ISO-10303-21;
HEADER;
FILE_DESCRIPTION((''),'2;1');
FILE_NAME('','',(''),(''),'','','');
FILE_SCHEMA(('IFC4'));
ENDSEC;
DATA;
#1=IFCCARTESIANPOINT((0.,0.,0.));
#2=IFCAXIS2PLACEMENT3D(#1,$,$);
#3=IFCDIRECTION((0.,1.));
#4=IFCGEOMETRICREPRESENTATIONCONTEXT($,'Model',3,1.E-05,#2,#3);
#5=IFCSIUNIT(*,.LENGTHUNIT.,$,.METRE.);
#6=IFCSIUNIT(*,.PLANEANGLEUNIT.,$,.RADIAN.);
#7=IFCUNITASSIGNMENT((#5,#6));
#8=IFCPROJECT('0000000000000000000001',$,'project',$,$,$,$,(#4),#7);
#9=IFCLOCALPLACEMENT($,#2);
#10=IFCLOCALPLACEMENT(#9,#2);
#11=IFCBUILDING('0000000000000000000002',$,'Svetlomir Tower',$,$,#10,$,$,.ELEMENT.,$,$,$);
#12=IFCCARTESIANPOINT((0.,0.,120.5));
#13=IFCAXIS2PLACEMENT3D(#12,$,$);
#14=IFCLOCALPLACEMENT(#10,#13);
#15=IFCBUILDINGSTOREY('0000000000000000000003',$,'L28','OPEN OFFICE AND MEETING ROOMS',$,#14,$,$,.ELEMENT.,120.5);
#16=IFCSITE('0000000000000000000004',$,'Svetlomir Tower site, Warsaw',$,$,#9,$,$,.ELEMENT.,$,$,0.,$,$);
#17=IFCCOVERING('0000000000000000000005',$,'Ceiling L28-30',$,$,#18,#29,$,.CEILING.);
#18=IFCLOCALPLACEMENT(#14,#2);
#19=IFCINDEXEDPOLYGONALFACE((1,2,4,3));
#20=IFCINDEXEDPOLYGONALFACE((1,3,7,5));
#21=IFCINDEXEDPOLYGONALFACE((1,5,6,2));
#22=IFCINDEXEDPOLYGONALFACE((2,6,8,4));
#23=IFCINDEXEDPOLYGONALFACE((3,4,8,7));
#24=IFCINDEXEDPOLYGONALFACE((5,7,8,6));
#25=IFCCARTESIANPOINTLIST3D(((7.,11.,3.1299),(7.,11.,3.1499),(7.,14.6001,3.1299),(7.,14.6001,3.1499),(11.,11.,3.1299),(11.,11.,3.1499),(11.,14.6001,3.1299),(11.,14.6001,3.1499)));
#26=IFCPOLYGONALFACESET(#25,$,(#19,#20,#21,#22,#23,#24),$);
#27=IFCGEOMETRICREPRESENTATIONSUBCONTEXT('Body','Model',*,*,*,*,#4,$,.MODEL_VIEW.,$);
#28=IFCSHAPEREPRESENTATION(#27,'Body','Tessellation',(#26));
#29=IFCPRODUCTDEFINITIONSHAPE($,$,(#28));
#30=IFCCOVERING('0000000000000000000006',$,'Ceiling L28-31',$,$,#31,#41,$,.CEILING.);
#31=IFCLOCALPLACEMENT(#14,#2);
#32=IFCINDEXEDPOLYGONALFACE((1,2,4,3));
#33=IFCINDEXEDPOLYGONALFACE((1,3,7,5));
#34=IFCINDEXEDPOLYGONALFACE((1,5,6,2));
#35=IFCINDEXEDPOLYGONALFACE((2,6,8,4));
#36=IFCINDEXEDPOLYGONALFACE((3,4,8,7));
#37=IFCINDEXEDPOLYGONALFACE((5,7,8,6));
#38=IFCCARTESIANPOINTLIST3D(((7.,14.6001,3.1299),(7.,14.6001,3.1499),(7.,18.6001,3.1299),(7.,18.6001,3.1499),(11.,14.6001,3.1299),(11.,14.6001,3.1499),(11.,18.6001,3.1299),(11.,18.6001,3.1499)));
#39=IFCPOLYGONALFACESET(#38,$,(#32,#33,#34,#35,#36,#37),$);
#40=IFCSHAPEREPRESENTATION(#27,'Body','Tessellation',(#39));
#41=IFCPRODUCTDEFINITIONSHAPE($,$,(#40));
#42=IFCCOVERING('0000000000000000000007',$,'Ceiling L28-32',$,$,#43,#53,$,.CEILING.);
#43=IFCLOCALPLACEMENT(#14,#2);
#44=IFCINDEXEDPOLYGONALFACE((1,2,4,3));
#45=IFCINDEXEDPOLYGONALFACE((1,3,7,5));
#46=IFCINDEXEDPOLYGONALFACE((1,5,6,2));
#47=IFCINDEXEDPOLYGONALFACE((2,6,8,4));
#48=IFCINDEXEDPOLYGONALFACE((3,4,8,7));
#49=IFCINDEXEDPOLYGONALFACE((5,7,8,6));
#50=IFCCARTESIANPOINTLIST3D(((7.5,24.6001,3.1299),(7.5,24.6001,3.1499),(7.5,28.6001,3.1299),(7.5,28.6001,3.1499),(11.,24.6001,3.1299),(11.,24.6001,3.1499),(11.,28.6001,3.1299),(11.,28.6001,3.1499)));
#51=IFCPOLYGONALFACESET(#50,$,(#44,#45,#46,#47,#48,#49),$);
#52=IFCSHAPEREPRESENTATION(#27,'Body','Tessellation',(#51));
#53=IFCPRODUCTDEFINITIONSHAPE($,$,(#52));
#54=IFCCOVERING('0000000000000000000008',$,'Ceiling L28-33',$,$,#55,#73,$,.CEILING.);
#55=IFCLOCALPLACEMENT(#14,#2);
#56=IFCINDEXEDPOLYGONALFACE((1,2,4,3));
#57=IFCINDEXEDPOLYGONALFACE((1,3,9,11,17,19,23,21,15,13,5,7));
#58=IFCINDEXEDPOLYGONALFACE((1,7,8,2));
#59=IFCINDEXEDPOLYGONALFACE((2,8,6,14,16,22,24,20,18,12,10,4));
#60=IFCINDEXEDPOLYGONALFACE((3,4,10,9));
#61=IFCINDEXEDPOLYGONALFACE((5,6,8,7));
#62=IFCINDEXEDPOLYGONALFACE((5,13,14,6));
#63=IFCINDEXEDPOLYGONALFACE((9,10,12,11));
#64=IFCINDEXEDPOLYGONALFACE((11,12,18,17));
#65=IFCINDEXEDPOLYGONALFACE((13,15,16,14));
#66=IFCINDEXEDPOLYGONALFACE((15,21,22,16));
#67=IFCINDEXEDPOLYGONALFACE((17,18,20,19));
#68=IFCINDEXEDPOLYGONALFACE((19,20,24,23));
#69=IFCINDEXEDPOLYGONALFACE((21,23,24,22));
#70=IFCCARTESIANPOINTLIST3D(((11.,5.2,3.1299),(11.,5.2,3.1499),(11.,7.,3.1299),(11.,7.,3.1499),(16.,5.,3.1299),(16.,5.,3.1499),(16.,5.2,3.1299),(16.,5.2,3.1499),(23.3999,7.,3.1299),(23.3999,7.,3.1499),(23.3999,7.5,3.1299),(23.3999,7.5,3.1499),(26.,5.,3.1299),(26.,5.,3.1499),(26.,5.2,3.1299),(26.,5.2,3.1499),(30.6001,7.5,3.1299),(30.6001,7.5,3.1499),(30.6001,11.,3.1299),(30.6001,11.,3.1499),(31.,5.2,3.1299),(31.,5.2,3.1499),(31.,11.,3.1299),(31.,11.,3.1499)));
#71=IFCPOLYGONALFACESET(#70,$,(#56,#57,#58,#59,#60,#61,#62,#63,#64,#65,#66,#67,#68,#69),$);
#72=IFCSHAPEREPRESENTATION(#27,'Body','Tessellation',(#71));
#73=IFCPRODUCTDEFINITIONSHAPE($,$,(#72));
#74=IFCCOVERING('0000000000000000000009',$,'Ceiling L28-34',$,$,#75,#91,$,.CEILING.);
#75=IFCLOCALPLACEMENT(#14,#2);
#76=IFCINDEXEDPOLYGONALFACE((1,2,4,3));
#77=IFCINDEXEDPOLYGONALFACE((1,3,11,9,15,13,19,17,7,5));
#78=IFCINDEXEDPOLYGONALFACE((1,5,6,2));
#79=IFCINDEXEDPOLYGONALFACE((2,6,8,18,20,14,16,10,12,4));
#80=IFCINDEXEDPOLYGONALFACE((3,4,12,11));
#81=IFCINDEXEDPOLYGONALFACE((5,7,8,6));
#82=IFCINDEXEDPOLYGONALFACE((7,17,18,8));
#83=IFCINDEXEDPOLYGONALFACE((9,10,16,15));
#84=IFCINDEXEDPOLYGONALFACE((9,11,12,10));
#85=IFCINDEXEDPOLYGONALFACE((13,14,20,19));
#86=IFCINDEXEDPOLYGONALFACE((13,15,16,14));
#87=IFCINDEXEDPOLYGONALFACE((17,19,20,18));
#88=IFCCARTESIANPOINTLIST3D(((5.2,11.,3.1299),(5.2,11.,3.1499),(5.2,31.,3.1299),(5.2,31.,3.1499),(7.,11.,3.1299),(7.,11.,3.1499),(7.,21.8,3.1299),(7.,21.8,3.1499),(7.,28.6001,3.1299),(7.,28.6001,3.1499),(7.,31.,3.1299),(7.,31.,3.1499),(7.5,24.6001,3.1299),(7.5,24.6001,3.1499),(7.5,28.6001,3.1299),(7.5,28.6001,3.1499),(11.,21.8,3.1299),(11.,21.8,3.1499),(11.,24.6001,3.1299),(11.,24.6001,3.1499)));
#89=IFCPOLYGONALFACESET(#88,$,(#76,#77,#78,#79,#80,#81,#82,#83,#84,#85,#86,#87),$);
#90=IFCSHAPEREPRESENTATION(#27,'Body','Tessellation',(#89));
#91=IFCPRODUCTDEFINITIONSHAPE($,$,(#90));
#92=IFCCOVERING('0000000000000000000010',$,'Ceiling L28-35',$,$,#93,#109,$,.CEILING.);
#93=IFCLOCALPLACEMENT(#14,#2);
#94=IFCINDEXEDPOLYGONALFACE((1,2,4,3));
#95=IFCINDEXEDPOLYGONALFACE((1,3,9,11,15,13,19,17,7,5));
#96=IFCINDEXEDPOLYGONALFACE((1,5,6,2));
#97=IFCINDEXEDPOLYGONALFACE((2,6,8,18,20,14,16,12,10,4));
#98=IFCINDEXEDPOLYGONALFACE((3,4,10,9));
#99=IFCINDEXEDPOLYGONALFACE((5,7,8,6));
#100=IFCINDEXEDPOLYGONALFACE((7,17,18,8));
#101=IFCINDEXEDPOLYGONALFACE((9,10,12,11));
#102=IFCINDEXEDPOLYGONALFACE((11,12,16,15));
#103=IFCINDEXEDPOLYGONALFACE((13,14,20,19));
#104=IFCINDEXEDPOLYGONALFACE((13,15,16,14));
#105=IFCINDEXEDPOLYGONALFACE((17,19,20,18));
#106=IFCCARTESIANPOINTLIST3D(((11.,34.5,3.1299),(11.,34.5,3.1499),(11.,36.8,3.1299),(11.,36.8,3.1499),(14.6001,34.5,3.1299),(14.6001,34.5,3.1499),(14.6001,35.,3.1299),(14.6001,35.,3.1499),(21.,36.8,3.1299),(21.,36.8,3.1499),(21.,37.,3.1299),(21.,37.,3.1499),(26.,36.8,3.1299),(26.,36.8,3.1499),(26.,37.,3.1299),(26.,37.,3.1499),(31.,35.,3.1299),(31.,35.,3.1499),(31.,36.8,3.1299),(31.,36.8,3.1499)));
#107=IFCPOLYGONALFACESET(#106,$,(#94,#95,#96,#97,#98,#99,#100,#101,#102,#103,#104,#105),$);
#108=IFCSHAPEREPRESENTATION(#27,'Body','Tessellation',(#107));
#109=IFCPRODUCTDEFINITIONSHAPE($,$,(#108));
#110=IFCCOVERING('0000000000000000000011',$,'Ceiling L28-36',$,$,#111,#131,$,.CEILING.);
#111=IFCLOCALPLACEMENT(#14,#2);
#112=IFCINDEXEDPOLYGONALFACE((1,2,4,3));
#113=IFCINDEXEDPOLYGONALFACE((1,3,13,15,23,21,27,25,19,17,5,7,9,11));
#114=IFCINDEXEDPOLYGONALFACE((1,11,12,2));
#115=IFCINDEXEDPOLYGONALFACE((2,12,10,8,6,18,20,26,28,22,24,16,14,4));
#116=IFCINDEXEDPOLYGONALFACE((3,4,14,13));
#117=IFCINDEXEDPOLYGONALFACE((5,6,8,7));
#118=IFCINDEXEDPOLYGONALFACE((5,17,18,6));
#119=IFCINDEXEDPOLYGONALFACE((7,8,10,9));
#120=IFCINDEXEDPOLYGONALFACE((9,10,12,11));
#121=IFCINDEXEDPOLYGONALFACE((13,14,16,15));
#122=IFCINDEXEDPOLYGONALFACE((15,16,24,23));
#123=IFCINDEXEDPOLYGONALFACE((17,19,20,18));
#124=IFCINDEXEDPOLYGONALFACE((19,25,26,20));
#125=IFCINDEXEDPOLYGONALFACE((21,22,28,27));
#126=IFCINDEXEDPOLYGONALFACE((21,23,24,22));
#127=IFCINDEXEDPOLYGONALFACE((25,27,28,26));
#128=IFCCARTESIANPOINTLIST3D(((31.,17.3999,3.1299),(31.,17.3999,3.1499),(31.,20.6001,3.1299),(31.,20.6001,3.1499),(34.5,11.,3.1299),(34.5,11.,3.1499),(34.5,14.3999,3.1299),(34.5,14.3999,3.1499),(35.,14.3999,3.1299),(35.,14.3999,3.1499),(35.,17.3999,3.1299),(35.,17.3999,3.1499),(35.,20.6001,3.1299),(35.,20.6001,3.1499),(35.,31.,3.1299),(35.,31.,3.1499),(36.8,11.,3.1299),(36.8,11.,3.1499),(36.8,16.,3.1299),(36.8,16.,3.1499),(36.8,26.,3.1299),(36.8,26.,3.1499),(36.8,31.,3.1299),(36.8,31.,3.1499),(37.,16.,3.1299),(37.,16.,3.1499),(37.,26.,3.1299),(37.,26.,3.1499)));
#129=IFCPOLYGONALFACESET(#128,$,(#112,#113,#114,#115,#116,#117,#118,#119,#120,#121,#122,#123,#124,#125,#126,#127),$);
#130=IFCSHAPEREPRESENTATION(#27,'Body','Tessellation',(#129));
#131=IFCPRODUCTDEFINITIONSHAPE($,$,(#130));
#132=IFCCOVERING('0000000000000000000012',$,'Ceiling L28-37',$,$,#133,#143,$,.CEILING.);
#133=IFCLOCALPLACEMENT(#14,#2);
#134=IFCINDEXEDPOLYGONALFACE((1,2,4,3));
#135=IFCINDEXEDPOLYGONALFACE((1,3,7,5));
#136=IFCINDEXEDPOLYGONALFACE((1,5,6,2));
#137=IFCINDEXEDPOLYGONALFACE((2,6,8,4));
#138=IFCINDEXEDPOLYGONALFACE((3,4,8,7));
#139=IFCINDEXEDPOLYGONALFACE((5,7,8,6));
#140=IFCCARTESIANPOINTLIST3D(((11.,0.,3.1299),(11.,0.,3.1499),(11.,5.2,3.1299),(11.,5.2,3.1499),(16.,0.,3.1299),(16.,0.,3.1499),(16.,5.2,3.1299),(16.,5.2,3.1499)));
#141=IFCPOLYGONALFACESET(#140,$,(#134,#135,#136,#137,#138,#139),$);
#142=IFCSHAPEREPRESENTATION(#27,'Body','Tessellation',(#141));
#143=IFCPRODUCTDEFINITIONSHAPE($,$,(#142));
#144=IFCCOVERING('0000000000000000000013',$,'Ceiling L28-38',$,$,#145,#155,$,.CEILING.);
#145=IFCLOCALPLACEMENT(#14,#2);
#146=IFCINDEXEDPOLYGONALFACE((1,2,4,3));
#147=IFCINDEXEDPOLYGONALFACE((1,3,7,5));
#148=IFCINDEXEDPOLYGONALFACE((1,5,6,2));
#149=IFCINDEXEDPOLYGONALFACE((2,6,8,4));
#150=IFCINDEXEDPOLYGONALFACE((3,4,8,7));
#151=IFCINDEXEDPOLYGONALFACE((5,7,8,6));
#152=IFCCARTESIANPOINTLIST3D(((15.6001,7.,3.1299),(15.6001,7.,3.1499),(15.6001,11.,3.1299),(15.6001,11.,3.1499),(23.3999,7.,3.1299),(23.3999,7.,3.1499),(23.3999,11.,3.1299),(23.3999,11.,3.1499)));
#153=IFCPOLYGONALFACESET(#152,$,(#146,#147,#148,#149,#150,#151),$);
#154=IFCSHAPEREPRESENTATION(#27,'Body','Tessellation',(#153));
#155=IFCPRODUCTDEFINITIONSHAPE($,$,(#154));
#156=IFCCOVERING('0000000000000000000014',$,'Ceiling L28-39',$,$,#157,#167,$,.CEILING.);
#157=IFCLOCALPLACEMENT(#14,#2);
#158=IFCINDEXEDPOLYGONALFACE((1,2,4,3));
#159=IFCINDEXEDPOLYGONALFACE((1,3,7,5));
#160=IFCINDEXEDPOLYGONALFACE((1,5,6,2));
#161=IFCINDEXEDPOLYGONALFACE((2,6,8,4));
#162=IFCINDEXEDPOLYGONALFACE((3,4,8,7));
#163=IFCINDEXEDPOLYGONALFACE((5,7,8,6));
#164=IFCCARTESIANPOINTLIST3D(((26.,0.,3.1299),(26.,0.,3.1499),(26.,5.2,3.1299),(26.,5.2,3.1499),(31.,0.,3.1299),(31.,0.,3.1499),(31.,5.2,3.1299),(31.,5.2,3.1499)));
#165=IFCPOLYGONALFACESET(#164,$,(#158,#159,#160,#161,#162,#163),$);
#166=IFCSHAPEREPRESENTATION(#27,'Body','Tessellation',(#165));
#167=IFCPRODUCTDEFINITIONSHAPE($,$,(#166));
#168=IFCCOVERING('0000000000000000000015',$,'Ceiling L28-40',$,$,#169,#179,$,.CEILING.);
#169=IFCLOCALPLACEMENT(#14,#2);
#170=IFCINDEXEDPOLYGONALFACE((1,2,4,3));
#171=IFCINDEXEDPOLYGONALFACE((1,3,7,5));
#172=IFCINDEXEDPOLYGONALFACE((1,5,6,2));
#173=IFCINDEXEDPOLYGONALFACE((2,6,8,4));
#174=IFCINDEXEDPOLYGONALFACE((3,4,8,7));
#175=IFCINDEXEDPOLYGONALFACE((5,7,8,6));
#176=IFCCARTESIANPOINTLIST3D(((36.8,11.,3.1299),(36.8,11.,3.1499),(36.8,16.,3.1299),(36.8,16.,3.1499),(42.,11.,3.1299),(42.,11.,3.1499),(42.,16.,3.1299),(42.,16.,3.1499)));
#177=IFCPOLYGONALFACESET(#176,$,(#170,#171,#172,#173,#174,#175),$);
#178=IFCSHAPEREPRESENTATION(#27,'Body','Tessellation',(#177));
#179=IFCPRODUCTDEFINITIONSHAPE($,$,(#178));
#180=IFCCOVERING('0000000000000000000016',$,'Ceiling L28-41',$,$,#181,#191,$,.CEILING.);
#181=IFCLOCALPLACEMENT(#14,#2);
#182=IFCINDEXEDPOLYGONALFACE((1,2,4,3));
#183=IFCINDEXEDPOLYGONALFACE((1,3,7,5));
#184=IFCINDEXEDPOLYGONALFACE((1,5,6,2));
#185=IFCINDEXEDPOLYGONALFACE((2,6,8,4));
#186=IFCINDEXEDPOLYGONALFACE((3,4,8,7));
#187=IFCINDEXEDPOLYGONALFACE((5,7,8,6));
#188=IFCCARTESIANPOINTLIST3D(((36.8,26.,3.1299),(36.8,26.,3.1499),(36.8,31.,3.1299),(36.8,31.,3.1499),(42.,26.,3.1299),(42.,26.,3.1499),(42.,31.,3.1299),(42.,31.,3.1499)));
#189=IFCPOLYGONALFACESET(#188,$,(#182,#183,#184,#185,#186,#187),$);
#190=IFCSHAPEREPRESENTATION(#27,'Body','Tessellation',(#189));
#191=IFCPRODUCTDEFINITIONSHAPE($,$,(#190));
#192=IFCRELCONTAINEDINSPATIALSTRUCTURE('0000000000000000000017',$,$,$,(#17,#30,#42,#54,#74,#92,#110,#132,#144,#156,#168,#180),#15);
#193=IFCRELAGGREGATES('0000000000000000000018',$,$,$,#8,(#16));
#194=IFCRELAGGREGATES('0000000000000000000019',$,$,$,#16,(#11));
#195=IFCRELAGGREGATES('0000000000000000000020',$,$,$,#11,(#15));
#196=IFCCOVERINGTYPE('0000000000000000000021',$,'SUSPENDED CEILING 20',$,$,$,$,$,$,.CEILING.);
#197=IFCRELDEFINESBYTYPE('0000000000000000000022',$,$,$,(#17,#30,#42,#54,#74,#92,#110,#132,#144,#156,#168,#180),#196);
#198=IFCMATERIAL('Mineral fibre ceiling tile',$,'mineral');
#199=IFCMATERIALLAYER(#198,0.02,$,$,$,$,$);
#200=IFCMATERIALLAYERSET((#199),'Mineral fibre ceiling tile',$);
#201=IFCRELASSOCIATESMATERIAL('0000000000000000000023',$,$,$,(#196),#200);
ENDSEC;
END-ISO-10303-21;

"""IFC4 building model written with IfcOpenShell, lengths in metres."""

from ifc_helpers import new_model, si_unit, direction, frame, origin, place, context, subcontext, project, spatial, polyline, outline, extrude, material, layer, layer_set, type_object, element, save


model = new_model("IFC4")

# Units and contexts
model_context = context("Model", 3, precision=1e-05, world=origin(), true_north=direction((0.0, 1.0)))
body_context = subcontext(model_context, "Body", "Model", "MODEL_VIEW")
ifc_project = project(units=[si_unit("LENGTHUNIT", "METRE"), si_unit("PLANEANGLEUNIT", "RADIAN")], contexts=[model_context])

# Site, building, storey
site_placement = place(None, origin())
site = spatial("IfcSite", under=ifc_project, at=site_placement, Name="Svetlomir Tower site, Warsaw", CompositionType="ELEMENT", RefElevation=0.0)
building_placement = place(site_placement, origin())
building = spatial("IfcBuilding", under=site, at=building_placement, Name="Svetlomir Tower", CompositionType="ELEMENT")
storey_placement = place(building_placement, frame((0.0, 0.0, 120.5)))
storey = spatial("IfcBuildingStorey", under=building, at=storey_placement, Name="L28", Description="OPEN OFFICE AND MEETING ROOMS", CompositionType="ELEMENT", Elevation=120.5)

# Coverings
ifc_material_1 = material(Name="Mineral fibre ceiling tile", Category="mineral")
ifc_layer_1 = layer(ifc_material_1, 0.02)
ifc_layer_set_1 = layer_set([ifc_layer_1], Name="Mineral fibre ceiling tile")
covering_type_1 = type_object("IfcCoveringType", Name="SUSPENDED CEILING 20", PredefinedType="CEILING", material=ifc_layer_set_1)
covering_1_placement = place(storey_placement, frame((0.0, 0.0, 3.1299)))
element("IfcCovering", 1, at=covering_1_placement, inside=storey, type_object=covering_type_1, Name="Ceiling L28-30", PredefinedType="CEILING", context=body_context, shape_type="SweptSolid", body=[
    extrude(outline(polyline([(7.0, 11.0), (11.0, 11.0), (11.0, 14.6001), (7.0, 14.6001), (7.0, 11.0)])), origin(), (0.0, 0.0, 1.0), 0.02),
])
covering_2_placement = place(storey_placement, frame((0.0, 0.0, 3.1299)))
element("IfcCovering", 2, at=covering_2_placement, inside=storey, type_object=covering_type_1, Name="Ceiling L28-31", PredefinedType="CEILING", context=body_context, shape_type="SweptSolid", body=[
    extrude(outline(polyline([(7.0, 14.6001), (11.0, 14.6001), (11.0, 18.6001), (7.0, 18.6001), (7.0, 14.6001)])), origin(), (0.0, 0.0, 1.0), 0.02),
])
covering_3_placement = place(storey_placement, frame((0.0, 0.0, 3.1299)))
element("IfcCovering", 3, at=covering_3_placement, inside=storey, type_object=covering_type_1, Name="Ceiling L28-32", PredefinedType="CEILING", context=body_context, shape_type="SweptSolid", body=[
    extrude(outline(polyline([(7.5, 24.6001), (11.0, 24.6001), (11.0, 28.6001), (7.5, 28.6001), (7.5, 24.6001)])), origin(), (0.0, 0.0, 1.0), 0.02),
])
covering_4_placement = place(storey_placement, frame((0.0, 0.0, 3.1299)))
element("IfcCovering", 4, at=covering_4_placement, inside=storey, type_object=covering_type_1, Name="Ceiling L28-33", PredefinedType="CEILING", context=body_context, shape_type="SweptSolid", body=[
    extrude(outline(polyline([(16.0, 5.0), (16.0, 5.2), (11.0, 5.2), (11.0, 7.0), (23.3999, 7.0), (23.3999, 7.5), (30.6001, 7.5), (30.6001, 11.0), (31.0, 11.0), (31.0, 5.2), (26.0, 5.2), (26.0, 5.0), (16.0, 5.0)])), origin(), (0.0, 0.0, 1.0), 0.02),
])
covering_5_placement = place(storey_placement, frame((0.0, 0.0, 3.1299)))
element("IfcCovering", 5, at=covering_5_placement, inside=storey, type_object=covering_type_1, Name="Ceiling L28-34", PredefinedType="CEILING", context=body_context, shape_type="SweptSolid", body=[
    extrude(outline(polyline([(7.0, 21.8), (7.0, 11.0), (5.2, 11.0), (5.2, 31.0), (7.0, 31.0), (7.0, 28.6001), (7.5, 28.6001), (7.5, 24.6001), (11.0, 24.6001), (11.0, 21.8), (7.0, 21.8)])), origin(), (0.0, 0.0, 1.0), 0.02),
])
covering_6_placement = place(storey_placement, frame((0.0, 0.0, 3.1299)))
element("IfcCovering", 6, at=covering_6_placement, inside=storey, type_object=covering_type_1, Name="Ceiling L28-35", PredefinedType="CEILING", context=body_context, shape_type="SweptSolid", body=[
    extrude(outline(polyline([(31.0, 35.0), (14.6001, 35.0), (14.6001, 34.5), (11.0, 34.5), (11.0, 36.8), (21.0, 36.8), (21.0, 37.0), (26.0, 37.0), (26.0, 36.8), (31.0, 36.8), (31.0, 35.0)])), origin(), (0.0, 0.0, 1.0), 0.02),
])
covering_7_placement = place(storey_placement, frame((0.0, 0.0, 3.1299)))
element("IfcCovering", 7, at=covering_7_placement, inside=storey, type_object=covering_type_1, Name="Ceiling L28-36", PredefinedType="CEILING", context=body_context, shape_type="SweptSolid", body=[
    extrude(outline(polyline([(34.5, 14.3999), (35.0, 14.3999), (35.0, 17.3999), (31.0, 17.3999), (31.0, 20.6001), (35.0, 20.6001), (35.0, 31.0), (36.8, 31.0), (36.8, 26.0), (37.0, 26.0), (37.0, 16.0), (36.8, 16.0), (36.8, 11.0), (34.5, 11.0), (34.5, 14.3999)])), origin(), (0.0, 0.0, 1.0), 0.02),
])
covering_8_placement = place(storey_placement, frame((0.0, 0.0, 3.1299)))
element("IfcCovering", 8, at=covering_8_placement, inside=storey, type_object=covering_type_1, Name="Ceiling L28-37", PredefinedType="CEILING", context=body_context, shape_type="SweptSolid", body=[
    extrude(outline(polyline([(16.0, 5.2), (16.0, 0.0), (11.0, 0.0), (11.0, 5.2), (16.0, 5.2)])), origin(), (0.0, 0.0, 1.0), 0.02),
])
covering_9_placement = place(storey_placement, frame((0.0, 0.0, 3.1299)))
element("IfcCovering", 9, at=covering_9_placement, inside=storey, type_object=covering_type_1, Name="Ceiling L28-38", PredefinedType="CEILING", context=body_context, shape_type="SweptSolid", body=[
    extrude(outline(polyline([(23.3999, 11.0), (23.3999, 7.0), (15.6001, 7.0), (15.6001, 11.0), (23.3999, 11.0)])), origin(), (0.0, 0.0, 1.0), 0.02),
])
covering_10_placement = place(storey_placement, frame((0.0, 0.0, 3.1299)))
element("IfcCovering", 10, at=covering_10_placement, inside=storey, type_object=covering_type_1, Name="Ceiling L28-39", PredefinedType="CEILING", context=body_context, shape_type="SweptSolid", body=[
    extrude(outline(polyline([(26.0, 0.0), (26.0, 5.2), (31.0, 5.2), (31.0, 0.0), (26.0, 0.0)])), origin(), (0.0, 0.0, 1.0), 0.02),
])
covering_11_placement = place(storey_placement, frame((0.0, 0.0, 3.1299)))
element("IfcCovering", 11, at=covering_11_placement, inside=storey, type_object=covering_type_1, Name="Ceiling L28-40", PredefinedType="CEILING", context=body_context, shape_type="SweptSolid", body=[
    extrude(outline(polyline([(36.8, 16.0), (42.0, 16.0), (42.0, 11.0), (36.8, 11.0), (36.8, 16.0)])), origin(), (0.0, 0.0, 1.0), 0.02),
])
covering_12_placement = place(storey_placement, frame((0.0, 0.0, 3.1299)))
element("IfcCovering", 12, at=covering_12_placement, inside=storey, type_object=covering_type_1, Name="Ceiling L28-41", PredefinedType="CEILING", context=body_context, shape_type="SweptSolid", body=[
    extrude(outline(polyline([(42.0, 26.0), (36.8, 26.0), (36.8, 31.0), (42.0, 31.0), (42.0, 26.0)])), origin(), (0.0, 0.0, 1.0), 0.02),
])

save(model, "model.ifc")
